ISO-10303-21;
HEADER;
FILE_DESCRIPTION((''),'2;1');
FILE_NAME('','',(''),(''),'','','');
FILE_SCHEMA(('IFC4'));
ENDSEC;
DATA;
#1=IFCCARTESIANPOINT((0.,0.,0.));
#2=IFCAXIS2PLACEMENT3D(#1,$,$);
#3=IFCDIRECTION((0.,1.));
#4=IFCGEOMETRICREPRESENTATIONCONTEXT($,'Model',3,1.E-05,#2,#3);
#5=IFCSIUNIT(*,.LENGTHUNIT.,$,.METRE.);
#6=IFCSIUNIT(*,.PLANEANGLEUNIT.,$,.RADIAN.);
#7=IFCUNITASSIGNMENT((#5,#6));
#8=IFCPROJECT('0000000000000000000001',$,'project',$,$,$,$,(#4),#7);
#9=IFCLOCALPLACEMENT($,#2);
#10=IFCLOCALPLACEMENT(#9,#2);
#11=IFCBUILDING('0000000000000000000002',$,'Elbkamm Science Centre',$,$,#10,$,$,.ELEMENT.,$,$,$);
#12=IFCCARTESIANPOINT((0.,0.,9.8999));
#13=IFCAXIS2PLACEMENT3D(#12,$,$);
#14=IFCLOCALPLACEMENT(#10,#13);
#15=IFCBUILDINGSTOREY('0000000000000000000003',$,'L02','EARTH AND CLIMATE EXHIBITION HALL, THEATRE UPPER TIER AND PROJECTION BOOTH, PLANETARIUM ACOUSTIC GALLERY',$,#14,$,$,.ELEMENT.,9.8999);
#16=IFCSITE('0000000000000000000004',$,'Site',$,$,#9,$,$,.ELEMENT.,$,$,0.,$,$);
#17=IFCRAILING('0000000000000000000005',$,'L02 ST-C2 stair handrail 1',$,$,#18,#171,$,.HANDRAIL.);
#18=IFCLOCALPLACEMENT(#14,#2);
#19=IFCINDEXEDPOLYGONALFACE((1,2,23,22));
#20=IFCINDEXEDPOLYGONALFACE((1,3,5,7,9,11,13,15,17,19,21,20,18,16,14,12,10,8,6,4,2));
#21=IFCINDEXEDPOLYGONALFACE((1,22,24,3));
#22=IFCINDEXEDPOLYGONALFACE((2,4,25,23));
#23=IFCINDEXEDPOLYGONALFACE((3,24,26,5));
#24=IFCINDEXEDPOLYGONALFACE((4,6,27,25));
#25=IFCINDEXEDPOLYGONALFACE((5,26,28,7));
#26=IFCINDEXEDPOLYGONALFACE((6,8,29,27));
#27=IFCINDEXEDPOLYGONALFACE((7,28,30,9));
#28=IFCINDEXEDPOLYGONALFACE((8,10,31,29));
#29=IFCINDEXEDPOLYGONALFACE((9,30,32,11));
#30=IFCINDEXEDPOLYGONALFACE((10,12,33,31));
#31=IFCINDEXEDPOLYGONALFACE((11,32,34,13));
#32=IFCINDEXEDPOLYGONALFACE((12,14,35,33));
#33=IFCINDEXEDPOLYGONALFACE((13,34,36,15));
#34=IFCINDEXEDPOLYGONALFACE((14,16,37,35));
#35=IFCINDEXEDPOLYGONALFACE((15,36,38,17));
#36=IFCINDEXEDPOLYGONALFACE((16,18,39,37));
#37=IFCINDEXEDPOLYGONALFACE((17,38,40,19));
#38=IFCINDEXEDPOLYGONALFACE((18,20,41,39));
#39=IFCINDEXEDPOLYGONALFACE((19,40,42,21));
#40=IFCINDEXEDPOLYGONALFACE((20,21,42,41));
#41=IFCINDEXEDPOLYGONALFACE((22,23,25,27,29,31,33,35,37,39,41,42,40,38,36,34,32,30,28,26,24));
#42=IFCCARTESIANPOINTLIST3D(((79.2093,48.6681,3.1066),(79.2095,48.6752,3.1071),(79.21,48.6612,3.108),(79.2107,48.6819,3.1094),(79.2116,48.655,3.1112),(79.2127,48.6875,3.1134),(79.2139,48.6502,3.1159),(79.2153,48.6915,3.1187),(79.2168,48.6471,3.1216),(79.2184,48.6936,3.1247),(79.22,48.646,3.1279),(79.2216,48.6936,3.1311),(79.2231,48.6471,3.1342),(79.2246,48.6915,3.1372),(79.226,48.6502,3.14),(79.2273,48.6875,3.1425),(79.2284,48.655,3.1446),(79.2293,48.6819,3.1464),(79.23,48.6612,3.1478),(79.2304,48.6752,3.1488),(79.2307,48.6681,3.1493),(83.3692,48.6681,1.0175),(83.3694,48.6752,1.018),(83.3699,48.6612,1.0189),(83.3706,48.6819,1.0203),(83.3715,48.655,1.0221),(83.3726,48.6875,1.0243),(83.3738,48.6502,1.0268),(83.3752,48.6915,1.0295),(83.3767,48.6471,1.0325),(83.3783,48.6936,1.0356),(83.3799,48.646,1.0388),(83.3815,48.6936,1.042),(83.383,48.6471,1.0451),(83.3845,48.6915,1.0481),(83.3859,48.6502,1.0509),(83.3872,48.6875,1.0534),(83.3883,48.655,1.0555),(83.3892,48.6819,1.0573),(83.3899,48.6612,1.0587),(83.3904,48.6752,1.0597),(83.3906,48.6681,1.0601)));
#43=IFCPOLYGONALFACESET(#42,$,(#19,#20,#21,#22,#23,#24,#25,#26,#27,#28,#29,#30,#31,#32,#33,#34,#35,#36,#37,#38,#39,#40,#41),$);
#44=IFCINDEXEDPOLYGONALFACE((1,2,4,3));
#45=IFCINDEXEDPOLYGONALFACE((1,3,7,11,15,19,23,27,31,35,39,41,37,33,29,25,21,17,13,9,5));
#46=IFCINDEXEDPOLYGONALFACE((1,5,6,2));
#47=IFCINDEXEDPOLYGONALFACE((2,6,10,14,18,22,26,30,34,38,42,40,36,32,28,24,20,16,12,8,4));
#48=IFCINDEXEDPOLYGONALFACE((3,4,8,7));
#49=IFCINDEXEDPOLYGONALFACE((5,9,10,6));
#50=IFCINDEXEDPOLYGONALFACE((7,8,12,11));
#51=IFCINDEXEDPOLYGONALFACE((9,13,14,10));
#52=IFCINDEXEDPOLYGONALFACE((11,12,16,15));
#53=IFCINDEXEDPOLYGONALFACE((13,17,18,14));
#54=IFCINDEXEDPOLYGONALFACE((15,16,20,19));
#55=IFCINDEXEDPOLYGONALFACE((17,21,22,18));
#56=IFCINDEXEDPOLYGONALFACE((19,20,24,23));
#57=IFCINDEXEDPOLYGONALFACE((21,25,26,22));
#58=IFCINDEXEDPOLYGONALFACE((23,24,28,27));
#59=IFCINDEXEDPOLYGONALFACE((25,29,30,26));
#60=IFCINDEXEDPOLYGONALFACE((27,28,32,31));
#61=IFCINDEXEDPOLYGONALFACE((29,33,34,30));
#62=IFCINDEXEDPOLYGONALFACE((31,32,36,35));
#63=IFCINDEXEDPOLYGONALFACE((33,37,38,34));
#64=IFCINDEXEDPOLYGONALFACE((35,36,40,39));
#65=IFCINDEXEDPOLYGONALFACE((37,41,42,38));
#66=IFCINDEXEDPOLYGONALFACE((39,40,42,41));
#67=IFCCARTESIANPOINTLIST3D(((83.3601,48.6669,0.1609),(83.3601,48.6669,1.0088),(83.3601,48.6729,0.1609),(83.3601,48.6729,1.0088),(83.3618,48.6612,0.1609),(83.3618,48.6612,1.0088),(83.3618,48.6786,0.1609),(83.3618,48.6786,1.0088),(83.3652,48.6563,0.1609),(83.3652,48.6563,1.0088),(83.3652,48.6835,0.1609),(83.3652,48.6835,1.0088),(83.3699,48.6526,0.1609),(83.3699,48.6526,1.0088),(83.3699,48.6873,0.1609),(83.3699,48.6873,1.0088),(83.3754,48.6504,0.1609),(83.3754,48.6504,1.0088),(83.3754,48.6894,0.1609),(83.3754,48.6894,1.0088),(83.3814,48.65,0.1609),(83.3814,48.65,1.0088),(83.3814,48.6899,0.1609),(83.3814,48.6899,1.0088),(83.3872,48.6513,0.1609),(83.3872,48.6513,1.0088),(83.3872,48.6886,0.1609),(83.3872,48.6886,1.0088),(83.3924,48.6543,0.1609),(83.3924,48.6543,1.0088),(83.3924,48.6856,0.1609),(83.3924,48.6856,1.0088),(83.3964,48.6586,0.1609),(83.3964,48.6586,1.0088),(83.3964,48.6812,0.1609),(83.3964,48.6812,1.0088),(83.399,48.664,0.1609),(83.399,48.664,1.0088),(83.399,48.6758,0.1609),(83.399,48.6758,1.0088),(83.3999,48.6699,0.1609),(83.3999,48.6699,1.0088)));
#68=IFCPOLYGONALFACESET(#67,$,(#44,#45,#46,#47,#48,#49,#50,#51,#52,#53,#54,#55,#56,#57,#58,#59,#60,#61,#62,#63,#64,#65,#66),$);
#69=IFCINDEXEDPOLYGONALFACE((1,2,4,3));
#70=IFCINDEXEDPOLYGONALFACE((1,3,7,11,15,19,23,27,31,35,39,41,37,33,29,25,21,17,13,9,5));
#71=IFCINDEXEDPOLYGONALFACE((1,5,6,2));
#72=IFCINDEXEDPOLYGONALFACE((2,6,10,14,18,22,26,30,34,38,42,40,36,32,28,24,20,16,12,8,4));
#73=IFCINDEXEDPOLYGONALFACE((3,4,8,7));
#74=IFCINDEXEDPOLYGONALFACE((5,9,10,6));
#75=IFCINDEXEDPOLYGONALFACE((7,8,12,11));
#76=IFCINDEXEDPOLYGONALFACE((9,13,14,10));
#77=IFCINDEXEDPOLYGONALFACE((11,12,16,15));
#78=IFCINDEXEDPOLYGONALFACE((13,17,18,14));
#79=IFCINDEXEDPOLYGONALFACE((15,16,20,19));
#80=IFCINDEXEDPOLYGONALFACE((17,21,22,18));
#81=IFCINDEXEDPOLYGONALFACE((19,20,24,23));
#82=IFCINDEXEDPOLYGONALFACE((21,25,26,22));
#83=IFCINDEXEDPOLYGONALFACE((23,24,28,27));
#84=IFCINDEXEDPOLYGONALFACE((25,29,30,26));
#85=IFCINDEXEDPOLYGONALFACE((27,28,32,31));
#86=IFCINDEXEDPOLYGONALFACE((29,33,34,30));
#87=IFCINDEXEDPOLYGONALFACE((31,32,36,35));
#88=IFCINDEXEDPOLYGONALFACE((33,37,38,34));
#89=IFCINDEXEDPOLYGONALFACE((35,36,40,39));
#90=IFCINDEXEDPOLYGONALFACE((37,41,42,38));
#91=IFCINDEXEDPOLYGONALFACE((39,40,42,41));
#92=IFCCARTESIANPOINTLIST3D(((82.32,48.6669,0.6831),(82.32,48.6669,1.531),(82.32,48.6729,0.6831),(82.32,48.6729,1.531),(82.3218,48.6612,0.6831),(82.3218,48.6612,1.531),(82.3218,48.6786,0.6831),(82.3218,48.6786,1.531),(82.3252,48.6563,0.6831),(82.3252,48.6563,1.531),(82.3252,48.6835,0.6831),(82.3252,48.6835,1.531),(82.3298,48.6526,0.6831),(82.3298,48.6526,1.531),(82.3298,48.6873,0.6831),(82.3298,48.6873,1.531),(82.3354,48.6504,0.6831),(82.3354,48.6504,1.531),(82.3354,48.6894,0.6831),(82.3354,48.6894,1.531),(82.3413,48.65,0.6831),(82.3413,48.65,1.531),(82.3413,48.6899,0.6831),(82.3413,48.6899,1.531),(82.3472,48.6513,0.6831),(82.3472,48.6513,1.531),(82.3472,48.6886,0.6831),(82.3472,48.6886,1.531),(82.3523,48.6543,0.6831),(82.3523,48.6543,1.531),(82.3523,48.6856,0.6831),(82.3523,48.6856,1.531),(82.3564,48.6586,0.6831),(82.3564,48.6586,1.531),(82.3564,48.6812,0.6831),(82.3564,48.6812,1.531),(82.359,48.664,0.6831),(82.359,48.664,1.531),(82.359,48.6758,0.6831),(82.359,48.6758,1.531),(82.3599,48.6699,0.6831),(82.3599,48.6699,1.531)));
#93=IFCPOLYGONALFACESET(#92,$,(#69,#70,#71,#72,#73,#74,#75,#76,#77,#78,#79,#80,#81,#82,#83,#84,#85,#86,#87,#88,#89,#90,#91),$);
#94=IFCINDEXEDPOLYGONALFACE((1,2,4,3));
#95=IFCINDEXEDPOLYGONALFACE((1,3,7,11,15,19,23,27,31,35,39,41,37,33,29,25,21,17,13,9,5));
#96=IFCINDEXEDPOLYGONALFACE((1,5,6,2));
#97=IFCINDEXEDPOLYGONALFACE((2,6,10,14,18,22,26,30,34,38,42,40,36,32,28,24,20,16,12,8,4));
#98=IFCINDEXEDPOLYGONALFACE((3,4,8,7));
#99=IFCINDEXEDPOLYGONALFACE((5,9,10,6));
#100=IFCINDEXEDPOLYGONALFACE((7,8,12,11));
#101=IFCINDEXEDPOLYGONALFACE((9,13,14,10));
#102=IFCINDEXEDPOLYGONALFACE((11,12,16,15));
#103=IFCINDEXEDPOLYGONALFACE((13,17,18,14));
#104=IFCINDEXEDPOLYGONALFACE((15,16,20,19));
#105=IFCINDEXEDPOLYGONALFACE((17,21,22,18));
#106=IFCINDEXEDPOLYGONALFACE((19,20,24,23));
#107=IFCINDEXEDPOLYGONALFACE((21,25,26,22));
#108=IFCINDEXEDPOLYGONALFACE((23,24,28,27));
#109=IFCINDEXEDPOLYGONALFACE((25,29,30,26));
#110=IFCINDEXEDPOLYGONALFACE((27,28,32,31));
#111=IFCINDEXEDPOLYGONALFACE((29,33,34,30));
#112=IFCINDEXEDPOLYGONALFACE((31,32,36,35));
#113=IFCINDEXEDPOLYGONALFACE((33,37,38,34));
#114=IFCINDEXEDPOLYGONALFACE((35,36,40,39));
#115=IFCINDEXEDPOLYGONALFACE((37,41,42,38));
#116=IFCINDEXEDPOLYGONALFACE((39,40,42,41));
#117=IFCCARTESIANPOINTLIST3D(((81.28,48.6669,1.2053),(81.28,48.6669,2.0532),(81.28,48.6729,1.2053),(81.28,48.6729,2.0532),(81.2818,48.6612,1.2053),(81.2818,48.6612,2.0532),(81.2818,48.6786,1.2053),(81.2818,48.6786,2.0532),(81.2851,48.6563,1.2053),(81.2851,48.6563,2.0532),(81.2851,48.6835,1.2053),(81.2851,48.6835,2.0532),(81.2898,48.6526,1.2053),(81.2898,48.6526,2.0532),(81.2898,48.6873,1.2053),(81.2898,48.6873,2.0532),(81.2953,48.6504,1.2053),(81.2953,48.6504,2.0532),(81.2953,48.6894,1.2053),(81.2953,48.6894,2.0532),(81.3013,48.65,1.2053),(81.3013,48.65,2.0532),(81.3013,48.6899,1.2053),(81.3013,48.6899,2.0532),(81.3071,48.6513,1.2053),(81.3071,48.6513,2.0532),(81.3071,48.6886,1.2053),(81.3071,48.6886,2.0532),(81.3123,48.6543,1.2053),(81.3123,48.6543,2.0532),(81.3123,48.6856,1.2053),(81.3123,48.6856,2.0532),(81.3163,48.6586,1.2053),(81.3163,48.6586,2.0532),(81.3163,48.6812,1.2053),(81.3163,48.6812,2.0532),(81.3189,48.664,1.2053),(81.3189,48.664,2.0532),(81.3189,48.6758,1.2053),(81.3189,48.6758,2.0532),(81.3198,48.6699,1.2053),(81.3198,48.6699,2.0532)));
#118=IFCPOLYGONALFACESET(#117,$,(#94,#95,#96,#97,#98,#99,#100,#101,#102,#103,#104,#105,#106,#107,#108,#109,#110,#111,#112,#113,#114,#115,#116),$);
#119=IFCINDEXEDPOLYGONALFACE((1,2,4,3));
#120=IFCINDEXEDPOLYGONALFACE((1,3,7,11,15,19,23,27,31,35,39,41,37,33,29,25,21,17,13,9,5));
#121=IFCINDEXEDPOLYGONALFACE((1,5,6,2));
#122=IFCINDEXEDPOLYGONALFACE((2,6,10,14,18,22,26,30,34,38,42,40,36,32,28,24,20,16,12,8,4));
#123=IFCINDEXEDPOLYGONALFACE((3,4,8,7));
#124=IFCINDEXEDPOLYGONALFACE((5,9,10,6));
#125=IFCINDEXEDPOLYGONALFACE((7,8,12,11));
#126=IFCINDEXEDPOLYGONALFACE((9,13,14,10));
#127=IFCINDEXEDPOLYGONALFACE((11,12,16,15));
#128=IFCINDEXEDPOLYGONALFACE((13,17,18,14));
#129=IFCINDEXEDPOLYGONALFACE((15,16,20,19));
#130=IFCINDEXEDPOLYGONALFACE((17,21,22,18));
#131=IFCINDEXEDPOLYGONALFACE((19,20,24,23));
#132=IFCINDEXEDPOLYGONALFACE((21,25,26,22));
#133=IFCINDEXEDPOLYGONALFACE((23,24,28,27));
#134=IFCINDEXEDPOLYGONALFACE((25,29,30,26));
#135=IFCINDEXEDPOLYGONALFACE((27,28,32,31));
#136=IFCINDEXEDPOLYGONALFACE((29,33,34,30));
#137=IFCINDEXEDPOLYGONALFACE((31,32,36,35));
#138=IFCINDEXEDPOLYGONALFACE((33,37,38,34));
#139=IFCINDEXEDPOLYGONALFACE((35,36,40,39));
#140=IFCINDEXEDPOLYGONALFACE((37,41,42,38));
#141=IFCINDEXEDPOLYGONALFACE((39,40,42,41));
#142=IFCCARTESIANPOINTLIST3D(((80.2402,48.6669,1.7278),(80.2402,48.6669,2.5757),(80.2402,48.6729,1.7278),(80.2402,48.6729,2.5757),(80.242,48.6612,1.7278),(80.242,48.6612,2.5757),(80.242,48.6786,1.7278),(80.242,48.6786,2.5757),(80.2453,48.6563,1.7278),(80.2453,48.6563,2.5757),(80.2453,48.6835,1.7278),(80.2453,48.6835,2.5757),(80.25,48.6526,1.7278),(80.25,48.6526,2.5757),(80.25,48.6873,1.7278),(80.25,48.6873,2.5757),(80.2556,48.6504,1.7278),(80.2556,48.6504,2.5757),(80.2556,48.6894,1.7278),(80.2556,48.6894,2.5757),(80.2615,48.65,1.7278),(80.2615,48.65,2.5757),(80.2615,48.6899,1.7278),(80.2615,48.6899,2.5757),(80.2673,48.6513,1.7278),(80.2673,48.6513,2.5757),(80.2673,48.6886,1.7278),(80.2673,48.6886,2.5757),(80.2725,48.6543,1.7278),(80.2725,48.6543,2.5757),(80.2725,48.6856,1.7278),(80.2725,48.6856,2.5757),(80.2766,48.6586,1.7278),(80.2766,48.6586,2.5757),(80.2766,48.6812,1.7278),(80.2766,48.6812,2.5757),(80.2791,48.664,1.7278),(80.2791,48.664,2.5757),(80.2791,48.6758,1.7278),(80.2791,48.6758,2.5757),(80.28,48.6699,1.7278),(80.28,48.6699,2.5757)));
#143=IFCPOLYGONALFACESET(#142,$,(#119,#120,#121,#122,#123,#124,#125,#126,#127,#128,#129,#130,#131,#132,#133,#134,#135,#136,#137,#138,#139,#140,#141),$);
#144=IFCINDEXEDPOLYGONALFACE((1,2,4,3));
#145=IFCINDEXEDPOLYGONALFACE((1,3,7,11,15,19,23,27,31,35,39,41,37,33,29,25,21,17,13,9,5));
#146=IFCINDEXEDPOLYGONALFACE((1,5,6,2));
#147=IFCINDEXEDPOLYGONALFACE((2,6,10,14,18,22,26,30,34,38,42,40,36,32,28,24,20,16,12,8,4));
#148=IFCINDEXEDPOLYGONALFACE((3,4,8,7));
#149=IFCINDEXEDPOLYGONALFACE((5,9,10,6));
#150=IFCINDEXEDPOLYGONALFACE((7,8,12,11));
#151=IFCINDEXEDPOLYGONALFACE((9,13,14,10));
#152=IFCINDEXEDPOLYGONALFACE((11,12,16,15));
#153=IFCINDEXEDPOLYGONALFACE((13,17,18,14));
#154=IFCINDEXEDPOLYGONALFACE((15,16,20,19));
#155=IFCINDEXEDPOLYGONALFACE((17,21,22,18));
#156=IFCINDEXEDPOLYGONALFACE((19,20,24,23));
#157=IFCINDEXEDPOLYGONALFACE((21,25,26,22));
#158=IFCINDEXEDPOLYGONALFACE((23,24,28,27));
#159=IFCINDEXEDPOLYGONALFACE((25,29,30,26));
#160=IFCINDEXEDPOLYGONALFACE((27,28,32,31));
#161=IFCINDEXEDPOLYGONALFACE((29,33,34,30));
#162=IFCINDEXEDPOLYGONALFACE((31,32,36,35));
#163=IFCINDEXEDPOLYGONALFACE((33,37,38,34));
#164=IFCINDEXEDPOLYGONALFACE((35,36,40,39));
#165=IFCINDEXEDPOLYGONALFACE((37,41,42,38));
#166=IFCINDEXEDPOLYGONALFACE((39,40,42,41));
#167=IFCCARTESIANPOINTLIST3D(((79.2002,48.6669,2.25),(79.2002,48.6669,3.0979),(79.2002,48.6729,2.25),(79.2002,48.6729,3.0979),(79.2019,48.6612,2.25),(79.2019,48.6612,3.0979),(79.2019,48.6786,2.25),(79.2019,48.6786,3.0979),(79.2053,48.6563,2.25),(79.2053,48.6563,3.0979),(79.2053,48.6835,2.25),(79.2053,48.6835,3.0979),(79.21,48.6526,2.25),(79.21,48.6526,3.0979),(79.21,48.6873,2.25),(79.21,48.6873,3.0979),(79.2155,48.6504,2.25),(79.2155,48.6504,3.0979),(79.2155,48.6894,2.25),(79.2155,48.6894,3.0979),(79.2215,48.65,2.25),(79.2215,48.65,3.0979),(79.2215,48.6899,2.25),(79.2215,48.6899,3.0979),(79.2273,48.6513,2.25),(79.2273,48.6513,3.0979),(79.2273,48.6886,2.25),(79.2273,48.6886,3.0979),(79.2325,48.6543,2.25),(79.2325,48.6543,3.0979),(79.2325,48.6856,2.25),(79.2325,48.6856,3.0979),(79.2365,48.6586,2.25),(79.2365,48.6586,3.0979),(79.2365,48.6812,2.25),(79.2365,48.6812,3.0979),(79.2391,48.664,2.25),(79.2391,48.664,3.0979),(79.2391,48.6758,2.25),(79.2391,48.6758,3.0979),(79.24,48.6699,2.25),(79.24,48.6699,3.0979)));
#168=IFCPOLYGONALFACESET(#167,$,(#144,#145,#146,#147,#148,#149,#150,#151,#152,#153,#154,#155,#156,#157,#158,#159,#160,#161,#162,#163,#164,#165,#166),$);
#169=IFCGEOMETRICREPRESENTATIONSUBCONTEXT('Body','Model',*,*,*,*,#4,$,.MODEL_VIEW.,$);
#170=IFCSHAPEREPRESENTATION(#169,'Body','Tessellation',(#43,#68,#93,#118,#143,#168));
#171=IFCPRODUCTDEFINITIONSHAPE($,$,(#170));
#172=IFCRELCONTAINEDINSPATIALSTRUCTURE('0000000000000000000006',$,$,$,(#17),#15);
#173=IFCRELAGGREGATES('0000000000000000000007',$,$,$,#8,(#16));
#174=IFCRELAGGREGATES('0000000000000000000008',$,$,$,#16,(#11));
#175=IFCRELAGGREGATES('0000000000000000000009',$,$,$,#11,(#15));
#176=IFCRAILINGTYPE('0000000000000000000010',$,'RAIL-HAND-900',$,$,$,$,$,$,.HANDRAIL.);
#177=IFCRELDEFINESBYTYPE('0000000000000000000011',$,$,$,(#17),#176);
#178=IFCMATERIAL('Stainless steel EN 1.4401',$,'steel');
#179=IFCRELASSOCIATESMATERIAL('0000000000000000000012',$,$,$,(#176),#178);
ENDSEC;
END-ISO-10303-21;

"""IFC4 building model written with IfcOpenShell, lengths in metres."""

from ifc_helpers import new_model, si_unit, direction, frame, origin, origin_2d, place, context, subcontext, project, spatial, circle, extrude, material, type_object, element, save


model = new_model("IFC4")

# Units and contexts
model_context = context("Model", 3, precision=1e-05, world=origin(), true_north=direction((0.0, 1.0)))
body_context = subcontext(model_context, "Body", "Model", "MODEL_VIEW")
ifc_project = project(units=[si_unit("LENGTHUNIT", "METRE"), si_unit("PLANEANGLEUNIT", "RADIAN")], contexts=[model_context])

# Site, building, storey
site_placement = place(None, origin())
site = spatial("IfcSite", under=ifc_project, at=site_placement, Name="Site", CompositionType="ELEMENT", RefElevation=0.0)
building_placement = place(site_placement, origin())
building = spatial("IfcBuilding", under=site, at=building_placement, Name="Elbkamm Science Centre", CompositionType="ELEMENT")
storey_placement = place(building_placement, frame((0.0, 0.0, 9.8999)))
storey = spatial("IfcBuildingStorey", under=building, at=storey_placement, Name="L02", Description="EARTH AND CLIMATE EXHIBITION HALL, THEATRE UPPER TIER AND PROJECTION BOOTH, PLANETARIUM ACOUSTIC GALLERY", CompositionType="ELEMENT", Elevation=9.8999)

# Railing
ifc_material_1 = material(Name="Stainless steel EN 1.4401", Category="steel")
railing_type_1 = type_object("IfcRailingType", Name="RAIL-HAND-900", PredefinedType="HANDRAIL", material=ifc_material_1)
railing_1_placement = place(storey_placement, frame((83.3799, 48.6699, 0.1609)))
element("IfcRailing", 1, at=railing_1_placement, inside=storey, type_object=railing_type_1, Name="L02 ST-C2 stair handrail 1", PredefinedType="HANDRAIL", context=body_context, shape_type="SweptSolid", body=[
    extrude(circle(Radius=0.0239, at=origin_2d()), frame((0.0, 0.0, 0.8779), z_axis=(-0.893639, 0.0, 0.448786), x_axis=(0.0, -1.0, 0.0)), (0.0, 0.0, 1.0), 4.655),
    extrude(circle(Radius=0.02, at=origin_2d()), origin(), (0.0, 0.0, 1.0), 0.8479),
    extrude(circle(Radius=0.02, at=origin_2d()), frame((-1.04, 0.0, 0.5222)), (0.0, 0.0, 1.0), 0.8479),
    extrude(circle(Radius=0.02, at=origin_2d()), frame((-2.0801, 0.0, 1.0444)), (0.0, 0.0, 1.0), 0.8479),
    extrude(circle(Radius=0.02, at=origin_2d()), frame((-3.1199, 0.0, 1.5669)), (0.0, 0.0, 1.0), 0.8479),
    extrude(circle(Radius=0.02, at=origin_2d()), frame((-4.1599, 0.0, 2.0891)), (0.0, 0.0, 1.0), 0.8479),
])

save(model, "model.ifc")
